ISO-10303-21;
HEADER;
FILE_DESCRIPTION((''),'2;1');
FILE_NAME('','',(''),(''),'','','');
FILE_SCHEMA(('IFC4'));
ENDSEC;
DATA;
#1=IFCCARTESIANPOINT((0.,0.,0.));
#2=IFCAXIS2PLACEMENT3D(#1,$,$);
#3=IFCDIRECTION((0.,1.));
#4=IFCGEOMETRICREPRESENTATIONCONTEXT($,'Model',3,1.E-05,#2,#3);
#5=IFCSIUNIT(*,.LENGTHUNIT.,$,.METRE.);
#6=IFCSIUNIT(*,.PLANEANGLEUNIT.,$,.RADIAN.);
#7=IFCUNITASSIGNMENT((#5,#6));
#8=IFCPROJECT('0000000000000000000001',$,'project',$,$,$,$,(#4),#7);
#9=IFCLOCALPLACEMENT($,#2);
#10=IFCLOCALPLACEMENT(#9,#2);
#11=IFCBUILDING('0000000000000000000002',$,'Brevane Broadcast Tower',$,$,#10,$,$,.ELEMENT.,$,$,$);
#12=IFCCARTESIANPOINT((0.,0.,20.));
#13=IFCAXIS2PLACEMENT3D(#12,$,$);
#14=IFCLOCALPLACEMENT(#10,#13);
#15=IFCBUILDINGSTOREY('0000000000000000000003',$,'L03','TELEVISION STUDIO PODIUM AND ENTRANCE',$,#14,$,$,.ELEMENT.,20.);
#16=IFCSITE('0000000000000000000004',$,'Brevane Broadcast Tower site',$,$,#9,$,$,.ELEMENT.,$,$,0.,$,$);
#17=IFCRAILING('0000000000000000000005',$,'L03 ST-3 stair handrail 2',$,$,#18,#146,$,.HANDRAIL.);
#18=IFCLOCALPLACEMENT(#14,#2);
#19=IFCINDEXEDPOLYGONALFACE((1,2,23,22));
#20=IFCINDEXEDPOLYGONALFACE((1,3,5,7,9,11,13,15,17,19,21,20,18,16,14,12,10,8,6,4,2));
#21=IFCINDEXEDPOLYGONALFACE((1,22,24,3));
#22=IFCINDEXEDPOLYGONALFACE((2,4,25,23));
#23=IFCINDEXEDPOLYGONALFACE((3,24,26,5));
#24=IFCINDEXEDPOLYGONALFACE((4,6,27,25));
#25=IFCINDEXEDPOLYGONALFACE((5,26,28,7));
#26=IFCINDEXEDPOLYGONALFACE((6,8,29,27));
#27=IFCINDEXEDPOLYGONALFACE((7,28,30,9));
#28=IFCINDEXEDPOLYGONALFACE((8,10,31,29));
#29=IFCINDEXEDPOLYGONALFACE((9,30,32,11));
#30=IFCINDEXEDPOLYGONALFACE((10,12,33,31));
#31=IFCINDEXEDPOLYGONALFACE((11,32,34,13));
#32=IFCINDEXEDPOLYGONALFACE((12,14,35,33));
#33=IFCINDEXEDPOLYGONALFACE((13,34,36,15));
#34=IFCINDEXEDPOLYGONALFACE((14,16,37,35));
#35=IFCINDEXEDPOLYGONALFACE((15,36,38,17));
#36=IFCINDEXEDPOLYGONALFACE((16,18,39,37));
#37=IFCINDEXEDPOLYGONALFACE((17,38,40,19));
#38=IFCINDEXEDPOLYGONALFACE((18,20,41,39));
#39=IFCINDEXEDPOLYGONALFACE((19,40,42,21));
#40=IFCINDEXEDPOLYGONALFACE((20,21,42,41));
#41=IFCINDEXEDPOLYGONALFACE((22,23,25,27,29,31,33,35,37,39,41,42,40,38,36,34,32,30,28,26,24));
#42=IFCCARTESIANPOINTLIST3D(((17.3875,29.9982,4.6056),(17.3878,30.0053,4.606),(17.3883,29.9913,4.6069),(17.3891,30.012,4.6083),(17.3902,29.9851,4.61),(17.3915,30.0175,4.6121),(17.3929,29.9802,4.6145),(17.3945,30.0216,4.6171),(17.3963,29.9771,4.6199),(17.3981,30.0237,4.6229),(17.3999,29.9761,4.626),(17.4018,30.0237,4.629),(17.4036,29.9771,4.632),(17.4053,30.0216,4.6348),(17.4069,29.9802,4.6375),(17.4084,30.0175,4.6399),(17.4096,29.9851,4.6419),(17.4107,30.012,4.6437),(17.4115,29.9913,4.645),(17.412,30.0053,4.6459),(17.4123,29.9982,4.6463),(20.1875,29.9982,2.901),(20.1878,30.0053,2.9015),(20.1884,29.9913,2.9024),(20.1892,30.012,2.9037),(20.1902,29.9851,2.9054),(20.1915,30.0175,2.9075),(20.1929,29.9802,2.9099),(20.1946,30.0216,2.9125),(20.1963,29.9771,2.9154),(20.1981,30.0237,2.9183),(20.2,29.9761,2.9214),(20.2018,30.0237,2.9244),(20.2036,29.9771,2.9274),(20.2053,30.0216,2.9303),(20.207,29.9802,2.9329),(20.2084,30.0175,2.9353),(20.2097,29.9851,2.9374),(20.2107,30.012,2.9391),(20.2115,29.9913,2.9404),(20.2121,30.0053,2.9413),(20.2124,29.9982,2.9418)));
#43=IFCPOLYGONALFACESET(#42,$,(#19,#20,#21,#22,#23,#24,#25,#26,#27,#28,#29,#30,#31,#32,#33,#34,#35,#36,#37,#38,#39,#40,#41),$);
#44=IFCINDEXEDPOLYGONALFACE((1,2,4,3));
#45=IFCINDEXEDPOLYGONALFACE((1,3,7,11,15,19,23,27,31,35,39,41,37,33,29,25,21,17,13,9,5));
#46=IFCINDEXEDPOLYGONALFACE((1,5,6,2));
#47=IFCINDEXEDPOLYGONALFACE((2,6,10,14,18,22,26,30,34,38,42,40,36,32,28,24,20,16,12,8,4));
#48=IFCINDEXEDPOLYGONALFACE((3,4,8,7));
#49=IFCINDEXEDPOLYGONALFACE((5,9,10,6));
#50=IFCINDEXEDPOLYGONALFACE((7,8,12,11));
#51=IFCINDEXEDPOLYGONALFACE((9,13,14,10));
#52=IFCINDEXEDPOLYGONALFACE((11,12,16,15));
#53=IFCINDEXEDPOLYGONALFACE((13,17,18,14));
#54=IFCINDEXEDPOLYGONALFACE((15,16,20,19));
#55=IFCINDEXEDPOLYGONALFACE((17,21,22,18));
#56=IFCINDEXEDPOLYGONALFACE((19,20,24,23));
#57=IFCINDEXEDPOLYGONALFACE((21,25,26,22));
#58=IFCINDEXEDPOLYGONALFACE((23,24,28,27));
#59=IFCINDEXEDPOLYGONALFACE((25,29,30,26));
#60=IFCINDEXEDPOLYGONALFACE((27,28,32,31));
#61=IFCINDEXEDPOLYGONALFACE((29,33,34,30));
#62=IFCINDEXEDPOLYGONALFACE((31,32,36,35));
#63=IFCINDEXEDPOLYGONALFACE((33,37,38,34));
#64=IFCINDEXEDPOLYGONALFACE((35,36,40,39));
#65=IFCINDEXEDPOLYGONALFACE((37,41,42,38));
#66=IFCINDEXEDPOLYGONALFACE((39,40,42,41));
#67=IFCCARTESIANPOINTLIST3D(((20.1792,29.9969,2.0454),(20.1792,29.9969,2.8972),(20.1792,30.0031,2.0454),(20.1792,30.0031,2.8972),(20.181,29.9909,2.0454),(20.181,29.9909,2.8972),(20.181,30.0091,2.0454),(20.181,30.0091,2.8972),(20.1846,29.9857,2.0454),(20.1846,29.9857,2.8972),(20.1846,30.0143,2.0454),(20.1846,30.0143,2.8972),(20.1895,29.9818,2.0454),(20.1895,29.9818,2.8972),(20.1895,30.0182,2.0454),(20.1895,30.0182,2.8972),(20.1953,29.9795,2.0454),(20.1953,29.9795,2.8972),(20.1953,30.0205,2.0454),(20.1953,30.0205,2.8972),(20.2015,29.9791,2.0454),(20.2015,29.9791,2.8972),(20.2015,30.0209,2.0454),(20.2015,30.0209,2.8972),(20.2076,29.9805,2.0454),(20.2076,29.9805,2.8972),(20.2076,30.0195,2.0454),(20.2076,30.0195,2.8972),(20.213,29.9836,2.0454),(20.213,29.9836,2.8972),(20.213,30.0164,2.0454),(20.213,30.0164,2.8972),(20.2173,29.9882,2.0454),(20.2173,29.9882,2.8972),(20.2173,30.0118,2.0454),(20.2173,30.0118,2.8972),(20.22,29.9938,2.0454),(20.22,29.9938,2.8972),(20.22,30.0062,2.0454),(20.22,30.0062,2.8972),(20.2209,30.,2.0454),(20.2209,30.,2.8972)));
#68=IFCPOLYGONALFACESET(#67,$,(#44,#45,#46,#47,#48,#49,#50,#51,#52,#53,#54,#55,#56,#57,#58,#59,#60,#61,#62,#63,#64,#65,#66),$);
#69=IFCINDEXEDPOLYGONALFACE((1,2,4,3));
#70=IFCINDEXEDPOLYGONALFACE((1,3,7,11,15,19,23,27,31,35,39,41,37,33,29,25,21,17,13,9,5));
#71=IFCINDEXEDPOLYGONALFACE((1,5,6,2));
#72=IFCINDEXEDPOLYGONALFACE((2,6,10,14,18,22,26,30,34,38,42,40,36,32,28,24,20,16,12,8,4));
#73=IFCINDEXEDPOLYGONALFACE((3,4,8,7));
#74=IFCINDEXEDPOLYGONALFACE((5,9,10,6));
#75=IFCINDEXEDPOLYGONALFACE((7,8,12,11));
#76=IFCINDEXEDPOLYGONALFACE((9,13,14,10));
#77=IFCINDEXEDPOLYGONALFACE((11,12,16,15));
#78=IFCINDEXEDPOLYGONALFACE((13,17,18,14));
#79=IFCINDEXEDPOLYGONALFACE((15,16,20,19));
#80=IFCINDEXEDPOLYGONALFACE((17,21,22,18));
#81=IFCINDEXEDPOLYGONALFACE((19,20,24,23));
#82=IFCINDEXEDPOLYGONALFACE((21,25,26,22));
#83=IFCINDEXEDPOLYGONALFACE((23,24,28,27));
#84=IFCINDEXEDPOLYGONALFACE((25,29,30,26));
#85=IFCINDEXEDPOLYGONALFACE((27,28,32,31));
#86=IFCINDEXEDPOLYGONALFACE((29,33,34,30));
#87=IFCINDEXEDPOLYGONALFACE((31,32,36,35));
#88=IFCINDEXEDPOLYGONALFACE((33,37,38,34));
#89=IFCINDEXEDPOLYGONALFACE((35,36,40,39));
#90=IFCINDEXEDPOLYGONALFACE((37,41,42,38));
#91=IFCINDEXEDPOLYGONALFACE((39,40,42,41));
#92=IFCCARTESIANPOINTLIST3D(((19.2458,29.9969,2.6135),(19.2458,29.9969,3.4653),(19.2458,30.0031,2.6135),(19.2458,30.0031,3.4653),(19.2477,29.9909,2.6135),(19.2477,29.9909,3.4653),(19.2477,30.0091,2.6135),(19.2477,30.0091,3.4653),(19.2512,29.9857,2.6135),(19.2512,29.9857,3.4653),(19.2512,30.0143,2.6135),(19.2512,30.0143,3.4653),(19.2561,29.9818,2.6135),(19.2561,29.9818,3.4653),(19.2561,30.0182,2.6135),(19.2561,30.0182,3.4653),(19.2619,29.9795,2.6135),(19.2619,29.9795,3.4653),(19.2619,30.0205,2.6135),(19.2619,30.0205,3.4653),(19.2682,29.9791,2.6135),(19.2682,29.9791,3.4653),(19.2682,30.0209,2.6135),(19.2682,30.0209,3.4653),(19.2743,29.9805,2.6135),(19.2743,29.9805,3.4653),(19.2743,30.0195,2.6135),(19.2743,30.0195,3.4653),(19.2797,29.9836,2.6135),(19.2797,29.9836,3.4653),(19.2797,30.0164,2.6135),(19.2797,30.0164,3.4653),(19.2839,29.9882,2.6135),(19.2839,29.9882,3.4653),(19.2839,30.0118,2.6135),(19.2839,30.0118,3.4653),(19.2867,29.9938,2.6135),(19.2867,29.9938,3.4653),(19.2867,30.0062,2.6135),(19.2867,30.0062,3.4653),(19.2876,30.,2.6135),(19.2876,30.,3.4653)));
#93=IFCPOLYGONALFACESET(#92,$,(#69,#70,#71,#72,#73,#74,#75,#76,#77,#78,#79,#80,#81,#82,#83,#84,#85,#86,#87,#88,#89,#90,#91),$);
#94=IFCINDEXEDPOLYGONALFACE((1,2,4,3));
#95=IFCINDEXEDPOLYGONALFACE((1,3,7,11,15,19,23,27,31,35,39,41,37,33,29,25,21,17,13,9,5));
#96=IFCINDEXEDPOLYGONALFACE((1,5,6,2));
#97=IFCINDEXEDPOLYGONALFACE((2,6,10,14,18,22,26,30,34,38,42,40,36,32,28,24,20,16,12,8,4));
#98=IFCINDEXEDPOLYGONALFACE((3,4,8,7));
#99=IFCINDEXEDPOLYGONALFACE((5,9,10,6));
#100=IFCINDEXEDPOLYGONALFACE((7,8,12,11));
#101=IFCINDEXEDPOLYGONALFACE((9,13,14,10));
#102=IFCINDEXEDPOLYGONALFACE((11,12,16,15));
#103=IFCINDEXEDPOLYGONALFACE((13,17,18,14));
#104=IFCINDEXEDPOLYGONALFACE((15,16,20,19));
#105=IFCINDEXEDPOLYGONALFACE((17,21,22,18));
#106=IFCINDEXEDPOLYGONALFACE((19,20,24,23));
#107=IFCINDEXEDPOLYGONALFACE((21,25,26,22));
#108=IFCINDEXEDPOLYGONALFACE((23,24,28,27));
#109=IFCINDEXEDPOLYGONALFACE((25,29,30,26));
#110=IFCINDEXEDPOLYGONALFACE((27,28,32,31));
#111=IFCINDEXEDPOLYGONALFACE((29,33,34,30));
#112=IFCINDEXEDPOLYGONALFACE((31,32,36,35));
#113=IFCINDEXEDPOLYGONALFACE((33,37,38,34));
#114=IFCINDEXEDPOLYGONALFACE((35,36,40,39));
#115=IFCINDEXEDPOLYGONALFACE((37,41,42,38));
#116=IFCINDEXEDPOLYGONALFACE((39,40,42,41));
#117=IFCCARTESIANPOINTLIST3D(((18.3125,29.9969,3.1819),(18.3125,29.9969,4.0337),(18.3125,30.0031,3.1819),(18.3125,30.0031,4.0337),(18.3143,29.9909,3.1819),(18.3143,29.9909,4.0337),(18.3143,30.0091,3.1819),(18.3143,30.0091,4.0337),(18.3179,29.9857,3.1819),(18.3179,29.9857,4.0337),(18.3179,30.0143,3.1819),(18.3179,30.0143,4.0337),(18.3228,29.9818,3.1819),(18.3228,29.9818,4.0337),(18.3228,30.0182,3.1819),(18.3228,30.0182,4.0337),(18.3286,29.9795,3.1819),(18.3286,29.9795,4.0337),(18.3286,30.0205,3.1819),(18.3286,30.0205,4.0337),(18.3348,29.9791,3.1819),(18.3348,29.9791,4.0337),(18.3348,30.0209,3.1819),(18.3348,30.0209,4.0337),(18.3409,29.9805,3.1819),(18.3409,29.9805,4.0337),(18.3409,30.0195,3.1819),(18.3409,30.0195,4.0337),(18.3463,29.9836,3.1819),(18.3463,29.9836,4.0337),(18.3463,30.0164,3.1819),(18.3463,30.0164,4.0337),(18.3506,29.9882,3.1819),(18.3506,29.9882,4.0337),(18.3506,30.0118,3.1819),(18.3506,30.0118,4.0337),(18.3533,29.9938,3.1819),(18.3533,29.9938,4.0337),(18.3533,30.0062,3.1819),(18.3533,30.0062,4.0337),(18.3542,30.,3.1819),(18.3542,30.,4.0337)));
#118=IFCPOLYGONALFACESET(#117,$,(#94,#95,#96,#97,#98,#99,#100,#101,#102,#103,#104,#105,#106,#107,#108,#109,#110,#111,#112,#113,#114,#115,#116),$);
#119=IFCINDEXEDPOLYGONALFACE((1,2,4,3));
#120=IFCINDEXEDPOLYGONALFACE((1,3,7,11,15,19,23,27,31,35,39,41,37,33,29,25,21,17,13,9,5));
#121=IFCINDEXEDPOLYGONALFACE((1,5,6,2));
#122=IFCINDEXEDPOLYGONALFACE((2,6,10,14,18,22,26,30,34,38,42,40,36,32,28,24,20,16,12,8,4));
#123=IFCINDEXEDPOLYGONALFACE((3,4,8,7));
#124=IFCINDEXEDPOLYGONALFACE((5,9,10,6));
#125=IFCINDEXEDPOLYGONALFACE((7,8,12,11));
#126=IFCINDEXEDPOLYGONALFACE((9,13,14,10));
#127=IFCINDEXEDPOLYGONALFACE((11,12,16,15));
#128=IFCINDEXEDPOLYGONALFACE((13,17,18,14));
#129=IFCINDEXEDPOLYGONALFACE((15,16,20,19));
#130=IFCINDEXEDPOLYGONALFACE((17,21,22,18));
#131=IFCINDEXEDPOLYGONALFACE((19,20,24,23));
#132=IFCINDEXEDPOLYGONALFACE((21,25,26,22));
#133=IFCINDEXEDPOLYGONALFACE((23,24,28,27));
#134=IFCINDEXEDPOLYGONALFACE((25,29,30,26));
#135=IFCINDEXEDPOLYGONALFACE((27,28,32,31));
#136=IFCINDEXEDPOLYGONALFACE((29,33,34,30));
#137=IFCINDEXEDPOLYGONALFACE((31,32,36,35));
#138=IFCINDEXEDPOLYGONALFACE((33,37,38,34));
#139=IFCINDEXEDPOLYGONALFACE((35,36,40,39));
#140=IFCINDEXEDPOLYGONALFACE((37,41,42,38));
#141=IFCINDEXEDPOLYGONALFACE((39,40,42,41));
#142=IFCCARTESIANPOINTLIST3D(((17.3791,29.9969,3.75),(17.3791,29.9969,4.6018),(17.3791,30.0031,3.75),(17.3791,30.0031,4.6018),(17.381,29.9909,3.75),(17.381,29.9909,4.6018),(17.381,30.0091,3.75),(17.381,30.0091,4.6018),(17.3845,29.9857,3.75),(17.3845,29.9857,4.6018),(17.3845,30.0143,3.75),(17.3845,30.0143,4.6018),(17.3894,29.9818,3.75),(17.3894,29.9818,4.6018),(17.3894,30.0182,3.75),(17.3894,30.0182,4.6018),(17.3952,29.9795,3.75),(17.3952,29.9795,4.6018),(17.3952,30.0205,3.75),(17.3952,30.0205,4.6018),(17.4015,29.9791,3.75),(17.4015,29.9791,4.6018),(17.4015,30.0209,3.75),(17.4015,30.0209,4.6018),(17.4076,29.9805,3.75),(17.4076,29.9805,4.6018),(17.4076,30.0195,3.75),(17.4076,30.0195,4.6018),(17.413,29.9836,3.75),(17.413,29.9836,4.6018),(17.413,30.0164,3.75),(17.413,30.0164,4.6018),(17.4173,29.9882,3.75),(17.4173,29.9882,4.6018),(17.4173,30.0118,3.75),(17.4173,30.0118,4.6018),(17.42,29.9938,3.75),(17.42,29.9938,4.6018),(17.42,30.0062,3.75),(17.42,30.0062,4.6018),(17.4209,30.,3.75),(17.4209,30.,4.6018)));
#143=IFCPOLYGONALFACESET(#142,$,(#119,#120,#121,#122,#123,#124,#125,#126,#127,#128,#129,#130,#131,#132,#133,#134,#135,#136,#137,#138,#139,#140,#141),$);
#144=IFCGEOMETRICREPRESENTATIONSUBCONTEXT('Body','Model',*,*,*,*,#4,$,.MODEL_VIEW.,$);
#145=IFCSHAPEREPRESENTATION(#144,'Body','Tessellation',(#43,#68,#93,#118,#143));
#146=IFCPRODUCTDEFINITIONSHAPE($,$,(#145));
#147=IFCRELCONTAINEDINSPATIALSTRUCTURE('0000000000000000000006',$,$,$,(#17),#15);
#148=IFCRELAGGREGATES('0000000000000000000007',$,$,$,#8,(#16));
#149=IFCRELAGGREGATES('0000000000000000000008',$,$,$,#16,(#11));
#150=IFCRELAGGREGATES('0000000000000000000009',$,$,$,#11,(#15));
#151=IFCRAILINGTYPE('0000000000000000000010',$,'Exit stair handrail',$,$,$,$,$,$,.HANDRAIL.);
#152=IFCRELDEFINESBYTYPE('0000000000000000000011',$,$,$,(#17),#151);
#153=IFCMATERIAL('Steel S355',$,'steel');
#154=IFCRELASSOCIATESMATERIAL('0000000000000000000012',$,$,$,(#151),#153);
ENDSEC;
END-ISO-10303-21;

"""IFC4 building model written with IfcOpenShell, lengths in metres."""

from ifc_helpers import new_model, si_unit, direction, frame, origin, origin_2d, place, context, subcontext, project, spatial, circle, extrude, material, type_object, element, save


model = new_model("IFC4")

# Units and contexts
model_context = context("Model", 3, precision=1e-05, world=origin(), true_north=direction((0.0, 1.0)))
body_context = subcontext(model_context, "Body", "Model", "MODEL_VIEW")
ifc_project = project(units=[si_unit("LENGTHUNIT", "METRE"), si_unit("PLANEANGLEUNIT", "RADIAN")], contexts=[model_context])

# Site, building, storey
site_placement = place(None, origin())
site = spatial("IfcSite", under=ifc_project, at=site_placement, Name="Brevane Broadcast Tower site", CompositionType="ELEMENT", RefElevation=0.0)
building_placement = place(site_placement, origin())
building = spatial("IfcBuilding", under=site, at=building_placement, Name="Brevane Broadcast Tower", CompositionType="ELEMENT")
storey_placement = place(building_placement, frame((0.0, 0.0, 20.0)))
storey = spatial("IfcBuildingStorey", under=building, at=storey_placement, Name="L03", Description="TELEVISION STUDIO PODIUM AND ENTRANCE", CompositionType="ELEMENT", Elevation=20.0)

# Railing
ifc_material_1 = material(Name="Steel S355", Category="steel")
railing_type_1 = type_object("IfcRailingType", Name="Exit stair handrail", PredefinedType="HANDRAIL", material=ifc_material_1)
for number, where, name in (
    (1, (20.2, 30.0, 2.0454), "L03 ST-3 stair handrail 2"),
):
    element("IfcRailing", number, at=place(storey_placement, frame(where)), inside=storey, type_object=railing_type_1, Name=name, PredefinedType="HANDRAIL", context=body_context, shape_type="SweptSolid", body=[
        extrude(circle(Radius=0.0239, at=origin_2d()), frame((0.0, 0.0, 0.876), z_axis=(-0.85417, 0.0, 0.519994), x_axis=(0.0, -1.0, 0.0)), (0.0, 0.0, 1.0), 3.2781),
        extrude(circle(Radius=0.021, at=origin_2d()), origin(), (0.0, 0.0, 1.0), 0.8518),
        extrude(circle(Radius=0.021, at=origin_2d()), frame((-0.9333, 0.0, 0.5681)), (0.0, 0.0, 1.0), 0.8518),
        extrude(circle(Radius=0.021, at=origin_2d()), frame((-1.8667, 0.0, 1.1365)), (0.0, 0.0, 1.0), 0.8518),
        extrude(circle(Radius=0.021, at=origin_2d()), frame((-2.8, 0.0, 1.7046)), (0.0, 0.0, 1.0), 0.8518),
    ])

save(model, "model.ifc")
